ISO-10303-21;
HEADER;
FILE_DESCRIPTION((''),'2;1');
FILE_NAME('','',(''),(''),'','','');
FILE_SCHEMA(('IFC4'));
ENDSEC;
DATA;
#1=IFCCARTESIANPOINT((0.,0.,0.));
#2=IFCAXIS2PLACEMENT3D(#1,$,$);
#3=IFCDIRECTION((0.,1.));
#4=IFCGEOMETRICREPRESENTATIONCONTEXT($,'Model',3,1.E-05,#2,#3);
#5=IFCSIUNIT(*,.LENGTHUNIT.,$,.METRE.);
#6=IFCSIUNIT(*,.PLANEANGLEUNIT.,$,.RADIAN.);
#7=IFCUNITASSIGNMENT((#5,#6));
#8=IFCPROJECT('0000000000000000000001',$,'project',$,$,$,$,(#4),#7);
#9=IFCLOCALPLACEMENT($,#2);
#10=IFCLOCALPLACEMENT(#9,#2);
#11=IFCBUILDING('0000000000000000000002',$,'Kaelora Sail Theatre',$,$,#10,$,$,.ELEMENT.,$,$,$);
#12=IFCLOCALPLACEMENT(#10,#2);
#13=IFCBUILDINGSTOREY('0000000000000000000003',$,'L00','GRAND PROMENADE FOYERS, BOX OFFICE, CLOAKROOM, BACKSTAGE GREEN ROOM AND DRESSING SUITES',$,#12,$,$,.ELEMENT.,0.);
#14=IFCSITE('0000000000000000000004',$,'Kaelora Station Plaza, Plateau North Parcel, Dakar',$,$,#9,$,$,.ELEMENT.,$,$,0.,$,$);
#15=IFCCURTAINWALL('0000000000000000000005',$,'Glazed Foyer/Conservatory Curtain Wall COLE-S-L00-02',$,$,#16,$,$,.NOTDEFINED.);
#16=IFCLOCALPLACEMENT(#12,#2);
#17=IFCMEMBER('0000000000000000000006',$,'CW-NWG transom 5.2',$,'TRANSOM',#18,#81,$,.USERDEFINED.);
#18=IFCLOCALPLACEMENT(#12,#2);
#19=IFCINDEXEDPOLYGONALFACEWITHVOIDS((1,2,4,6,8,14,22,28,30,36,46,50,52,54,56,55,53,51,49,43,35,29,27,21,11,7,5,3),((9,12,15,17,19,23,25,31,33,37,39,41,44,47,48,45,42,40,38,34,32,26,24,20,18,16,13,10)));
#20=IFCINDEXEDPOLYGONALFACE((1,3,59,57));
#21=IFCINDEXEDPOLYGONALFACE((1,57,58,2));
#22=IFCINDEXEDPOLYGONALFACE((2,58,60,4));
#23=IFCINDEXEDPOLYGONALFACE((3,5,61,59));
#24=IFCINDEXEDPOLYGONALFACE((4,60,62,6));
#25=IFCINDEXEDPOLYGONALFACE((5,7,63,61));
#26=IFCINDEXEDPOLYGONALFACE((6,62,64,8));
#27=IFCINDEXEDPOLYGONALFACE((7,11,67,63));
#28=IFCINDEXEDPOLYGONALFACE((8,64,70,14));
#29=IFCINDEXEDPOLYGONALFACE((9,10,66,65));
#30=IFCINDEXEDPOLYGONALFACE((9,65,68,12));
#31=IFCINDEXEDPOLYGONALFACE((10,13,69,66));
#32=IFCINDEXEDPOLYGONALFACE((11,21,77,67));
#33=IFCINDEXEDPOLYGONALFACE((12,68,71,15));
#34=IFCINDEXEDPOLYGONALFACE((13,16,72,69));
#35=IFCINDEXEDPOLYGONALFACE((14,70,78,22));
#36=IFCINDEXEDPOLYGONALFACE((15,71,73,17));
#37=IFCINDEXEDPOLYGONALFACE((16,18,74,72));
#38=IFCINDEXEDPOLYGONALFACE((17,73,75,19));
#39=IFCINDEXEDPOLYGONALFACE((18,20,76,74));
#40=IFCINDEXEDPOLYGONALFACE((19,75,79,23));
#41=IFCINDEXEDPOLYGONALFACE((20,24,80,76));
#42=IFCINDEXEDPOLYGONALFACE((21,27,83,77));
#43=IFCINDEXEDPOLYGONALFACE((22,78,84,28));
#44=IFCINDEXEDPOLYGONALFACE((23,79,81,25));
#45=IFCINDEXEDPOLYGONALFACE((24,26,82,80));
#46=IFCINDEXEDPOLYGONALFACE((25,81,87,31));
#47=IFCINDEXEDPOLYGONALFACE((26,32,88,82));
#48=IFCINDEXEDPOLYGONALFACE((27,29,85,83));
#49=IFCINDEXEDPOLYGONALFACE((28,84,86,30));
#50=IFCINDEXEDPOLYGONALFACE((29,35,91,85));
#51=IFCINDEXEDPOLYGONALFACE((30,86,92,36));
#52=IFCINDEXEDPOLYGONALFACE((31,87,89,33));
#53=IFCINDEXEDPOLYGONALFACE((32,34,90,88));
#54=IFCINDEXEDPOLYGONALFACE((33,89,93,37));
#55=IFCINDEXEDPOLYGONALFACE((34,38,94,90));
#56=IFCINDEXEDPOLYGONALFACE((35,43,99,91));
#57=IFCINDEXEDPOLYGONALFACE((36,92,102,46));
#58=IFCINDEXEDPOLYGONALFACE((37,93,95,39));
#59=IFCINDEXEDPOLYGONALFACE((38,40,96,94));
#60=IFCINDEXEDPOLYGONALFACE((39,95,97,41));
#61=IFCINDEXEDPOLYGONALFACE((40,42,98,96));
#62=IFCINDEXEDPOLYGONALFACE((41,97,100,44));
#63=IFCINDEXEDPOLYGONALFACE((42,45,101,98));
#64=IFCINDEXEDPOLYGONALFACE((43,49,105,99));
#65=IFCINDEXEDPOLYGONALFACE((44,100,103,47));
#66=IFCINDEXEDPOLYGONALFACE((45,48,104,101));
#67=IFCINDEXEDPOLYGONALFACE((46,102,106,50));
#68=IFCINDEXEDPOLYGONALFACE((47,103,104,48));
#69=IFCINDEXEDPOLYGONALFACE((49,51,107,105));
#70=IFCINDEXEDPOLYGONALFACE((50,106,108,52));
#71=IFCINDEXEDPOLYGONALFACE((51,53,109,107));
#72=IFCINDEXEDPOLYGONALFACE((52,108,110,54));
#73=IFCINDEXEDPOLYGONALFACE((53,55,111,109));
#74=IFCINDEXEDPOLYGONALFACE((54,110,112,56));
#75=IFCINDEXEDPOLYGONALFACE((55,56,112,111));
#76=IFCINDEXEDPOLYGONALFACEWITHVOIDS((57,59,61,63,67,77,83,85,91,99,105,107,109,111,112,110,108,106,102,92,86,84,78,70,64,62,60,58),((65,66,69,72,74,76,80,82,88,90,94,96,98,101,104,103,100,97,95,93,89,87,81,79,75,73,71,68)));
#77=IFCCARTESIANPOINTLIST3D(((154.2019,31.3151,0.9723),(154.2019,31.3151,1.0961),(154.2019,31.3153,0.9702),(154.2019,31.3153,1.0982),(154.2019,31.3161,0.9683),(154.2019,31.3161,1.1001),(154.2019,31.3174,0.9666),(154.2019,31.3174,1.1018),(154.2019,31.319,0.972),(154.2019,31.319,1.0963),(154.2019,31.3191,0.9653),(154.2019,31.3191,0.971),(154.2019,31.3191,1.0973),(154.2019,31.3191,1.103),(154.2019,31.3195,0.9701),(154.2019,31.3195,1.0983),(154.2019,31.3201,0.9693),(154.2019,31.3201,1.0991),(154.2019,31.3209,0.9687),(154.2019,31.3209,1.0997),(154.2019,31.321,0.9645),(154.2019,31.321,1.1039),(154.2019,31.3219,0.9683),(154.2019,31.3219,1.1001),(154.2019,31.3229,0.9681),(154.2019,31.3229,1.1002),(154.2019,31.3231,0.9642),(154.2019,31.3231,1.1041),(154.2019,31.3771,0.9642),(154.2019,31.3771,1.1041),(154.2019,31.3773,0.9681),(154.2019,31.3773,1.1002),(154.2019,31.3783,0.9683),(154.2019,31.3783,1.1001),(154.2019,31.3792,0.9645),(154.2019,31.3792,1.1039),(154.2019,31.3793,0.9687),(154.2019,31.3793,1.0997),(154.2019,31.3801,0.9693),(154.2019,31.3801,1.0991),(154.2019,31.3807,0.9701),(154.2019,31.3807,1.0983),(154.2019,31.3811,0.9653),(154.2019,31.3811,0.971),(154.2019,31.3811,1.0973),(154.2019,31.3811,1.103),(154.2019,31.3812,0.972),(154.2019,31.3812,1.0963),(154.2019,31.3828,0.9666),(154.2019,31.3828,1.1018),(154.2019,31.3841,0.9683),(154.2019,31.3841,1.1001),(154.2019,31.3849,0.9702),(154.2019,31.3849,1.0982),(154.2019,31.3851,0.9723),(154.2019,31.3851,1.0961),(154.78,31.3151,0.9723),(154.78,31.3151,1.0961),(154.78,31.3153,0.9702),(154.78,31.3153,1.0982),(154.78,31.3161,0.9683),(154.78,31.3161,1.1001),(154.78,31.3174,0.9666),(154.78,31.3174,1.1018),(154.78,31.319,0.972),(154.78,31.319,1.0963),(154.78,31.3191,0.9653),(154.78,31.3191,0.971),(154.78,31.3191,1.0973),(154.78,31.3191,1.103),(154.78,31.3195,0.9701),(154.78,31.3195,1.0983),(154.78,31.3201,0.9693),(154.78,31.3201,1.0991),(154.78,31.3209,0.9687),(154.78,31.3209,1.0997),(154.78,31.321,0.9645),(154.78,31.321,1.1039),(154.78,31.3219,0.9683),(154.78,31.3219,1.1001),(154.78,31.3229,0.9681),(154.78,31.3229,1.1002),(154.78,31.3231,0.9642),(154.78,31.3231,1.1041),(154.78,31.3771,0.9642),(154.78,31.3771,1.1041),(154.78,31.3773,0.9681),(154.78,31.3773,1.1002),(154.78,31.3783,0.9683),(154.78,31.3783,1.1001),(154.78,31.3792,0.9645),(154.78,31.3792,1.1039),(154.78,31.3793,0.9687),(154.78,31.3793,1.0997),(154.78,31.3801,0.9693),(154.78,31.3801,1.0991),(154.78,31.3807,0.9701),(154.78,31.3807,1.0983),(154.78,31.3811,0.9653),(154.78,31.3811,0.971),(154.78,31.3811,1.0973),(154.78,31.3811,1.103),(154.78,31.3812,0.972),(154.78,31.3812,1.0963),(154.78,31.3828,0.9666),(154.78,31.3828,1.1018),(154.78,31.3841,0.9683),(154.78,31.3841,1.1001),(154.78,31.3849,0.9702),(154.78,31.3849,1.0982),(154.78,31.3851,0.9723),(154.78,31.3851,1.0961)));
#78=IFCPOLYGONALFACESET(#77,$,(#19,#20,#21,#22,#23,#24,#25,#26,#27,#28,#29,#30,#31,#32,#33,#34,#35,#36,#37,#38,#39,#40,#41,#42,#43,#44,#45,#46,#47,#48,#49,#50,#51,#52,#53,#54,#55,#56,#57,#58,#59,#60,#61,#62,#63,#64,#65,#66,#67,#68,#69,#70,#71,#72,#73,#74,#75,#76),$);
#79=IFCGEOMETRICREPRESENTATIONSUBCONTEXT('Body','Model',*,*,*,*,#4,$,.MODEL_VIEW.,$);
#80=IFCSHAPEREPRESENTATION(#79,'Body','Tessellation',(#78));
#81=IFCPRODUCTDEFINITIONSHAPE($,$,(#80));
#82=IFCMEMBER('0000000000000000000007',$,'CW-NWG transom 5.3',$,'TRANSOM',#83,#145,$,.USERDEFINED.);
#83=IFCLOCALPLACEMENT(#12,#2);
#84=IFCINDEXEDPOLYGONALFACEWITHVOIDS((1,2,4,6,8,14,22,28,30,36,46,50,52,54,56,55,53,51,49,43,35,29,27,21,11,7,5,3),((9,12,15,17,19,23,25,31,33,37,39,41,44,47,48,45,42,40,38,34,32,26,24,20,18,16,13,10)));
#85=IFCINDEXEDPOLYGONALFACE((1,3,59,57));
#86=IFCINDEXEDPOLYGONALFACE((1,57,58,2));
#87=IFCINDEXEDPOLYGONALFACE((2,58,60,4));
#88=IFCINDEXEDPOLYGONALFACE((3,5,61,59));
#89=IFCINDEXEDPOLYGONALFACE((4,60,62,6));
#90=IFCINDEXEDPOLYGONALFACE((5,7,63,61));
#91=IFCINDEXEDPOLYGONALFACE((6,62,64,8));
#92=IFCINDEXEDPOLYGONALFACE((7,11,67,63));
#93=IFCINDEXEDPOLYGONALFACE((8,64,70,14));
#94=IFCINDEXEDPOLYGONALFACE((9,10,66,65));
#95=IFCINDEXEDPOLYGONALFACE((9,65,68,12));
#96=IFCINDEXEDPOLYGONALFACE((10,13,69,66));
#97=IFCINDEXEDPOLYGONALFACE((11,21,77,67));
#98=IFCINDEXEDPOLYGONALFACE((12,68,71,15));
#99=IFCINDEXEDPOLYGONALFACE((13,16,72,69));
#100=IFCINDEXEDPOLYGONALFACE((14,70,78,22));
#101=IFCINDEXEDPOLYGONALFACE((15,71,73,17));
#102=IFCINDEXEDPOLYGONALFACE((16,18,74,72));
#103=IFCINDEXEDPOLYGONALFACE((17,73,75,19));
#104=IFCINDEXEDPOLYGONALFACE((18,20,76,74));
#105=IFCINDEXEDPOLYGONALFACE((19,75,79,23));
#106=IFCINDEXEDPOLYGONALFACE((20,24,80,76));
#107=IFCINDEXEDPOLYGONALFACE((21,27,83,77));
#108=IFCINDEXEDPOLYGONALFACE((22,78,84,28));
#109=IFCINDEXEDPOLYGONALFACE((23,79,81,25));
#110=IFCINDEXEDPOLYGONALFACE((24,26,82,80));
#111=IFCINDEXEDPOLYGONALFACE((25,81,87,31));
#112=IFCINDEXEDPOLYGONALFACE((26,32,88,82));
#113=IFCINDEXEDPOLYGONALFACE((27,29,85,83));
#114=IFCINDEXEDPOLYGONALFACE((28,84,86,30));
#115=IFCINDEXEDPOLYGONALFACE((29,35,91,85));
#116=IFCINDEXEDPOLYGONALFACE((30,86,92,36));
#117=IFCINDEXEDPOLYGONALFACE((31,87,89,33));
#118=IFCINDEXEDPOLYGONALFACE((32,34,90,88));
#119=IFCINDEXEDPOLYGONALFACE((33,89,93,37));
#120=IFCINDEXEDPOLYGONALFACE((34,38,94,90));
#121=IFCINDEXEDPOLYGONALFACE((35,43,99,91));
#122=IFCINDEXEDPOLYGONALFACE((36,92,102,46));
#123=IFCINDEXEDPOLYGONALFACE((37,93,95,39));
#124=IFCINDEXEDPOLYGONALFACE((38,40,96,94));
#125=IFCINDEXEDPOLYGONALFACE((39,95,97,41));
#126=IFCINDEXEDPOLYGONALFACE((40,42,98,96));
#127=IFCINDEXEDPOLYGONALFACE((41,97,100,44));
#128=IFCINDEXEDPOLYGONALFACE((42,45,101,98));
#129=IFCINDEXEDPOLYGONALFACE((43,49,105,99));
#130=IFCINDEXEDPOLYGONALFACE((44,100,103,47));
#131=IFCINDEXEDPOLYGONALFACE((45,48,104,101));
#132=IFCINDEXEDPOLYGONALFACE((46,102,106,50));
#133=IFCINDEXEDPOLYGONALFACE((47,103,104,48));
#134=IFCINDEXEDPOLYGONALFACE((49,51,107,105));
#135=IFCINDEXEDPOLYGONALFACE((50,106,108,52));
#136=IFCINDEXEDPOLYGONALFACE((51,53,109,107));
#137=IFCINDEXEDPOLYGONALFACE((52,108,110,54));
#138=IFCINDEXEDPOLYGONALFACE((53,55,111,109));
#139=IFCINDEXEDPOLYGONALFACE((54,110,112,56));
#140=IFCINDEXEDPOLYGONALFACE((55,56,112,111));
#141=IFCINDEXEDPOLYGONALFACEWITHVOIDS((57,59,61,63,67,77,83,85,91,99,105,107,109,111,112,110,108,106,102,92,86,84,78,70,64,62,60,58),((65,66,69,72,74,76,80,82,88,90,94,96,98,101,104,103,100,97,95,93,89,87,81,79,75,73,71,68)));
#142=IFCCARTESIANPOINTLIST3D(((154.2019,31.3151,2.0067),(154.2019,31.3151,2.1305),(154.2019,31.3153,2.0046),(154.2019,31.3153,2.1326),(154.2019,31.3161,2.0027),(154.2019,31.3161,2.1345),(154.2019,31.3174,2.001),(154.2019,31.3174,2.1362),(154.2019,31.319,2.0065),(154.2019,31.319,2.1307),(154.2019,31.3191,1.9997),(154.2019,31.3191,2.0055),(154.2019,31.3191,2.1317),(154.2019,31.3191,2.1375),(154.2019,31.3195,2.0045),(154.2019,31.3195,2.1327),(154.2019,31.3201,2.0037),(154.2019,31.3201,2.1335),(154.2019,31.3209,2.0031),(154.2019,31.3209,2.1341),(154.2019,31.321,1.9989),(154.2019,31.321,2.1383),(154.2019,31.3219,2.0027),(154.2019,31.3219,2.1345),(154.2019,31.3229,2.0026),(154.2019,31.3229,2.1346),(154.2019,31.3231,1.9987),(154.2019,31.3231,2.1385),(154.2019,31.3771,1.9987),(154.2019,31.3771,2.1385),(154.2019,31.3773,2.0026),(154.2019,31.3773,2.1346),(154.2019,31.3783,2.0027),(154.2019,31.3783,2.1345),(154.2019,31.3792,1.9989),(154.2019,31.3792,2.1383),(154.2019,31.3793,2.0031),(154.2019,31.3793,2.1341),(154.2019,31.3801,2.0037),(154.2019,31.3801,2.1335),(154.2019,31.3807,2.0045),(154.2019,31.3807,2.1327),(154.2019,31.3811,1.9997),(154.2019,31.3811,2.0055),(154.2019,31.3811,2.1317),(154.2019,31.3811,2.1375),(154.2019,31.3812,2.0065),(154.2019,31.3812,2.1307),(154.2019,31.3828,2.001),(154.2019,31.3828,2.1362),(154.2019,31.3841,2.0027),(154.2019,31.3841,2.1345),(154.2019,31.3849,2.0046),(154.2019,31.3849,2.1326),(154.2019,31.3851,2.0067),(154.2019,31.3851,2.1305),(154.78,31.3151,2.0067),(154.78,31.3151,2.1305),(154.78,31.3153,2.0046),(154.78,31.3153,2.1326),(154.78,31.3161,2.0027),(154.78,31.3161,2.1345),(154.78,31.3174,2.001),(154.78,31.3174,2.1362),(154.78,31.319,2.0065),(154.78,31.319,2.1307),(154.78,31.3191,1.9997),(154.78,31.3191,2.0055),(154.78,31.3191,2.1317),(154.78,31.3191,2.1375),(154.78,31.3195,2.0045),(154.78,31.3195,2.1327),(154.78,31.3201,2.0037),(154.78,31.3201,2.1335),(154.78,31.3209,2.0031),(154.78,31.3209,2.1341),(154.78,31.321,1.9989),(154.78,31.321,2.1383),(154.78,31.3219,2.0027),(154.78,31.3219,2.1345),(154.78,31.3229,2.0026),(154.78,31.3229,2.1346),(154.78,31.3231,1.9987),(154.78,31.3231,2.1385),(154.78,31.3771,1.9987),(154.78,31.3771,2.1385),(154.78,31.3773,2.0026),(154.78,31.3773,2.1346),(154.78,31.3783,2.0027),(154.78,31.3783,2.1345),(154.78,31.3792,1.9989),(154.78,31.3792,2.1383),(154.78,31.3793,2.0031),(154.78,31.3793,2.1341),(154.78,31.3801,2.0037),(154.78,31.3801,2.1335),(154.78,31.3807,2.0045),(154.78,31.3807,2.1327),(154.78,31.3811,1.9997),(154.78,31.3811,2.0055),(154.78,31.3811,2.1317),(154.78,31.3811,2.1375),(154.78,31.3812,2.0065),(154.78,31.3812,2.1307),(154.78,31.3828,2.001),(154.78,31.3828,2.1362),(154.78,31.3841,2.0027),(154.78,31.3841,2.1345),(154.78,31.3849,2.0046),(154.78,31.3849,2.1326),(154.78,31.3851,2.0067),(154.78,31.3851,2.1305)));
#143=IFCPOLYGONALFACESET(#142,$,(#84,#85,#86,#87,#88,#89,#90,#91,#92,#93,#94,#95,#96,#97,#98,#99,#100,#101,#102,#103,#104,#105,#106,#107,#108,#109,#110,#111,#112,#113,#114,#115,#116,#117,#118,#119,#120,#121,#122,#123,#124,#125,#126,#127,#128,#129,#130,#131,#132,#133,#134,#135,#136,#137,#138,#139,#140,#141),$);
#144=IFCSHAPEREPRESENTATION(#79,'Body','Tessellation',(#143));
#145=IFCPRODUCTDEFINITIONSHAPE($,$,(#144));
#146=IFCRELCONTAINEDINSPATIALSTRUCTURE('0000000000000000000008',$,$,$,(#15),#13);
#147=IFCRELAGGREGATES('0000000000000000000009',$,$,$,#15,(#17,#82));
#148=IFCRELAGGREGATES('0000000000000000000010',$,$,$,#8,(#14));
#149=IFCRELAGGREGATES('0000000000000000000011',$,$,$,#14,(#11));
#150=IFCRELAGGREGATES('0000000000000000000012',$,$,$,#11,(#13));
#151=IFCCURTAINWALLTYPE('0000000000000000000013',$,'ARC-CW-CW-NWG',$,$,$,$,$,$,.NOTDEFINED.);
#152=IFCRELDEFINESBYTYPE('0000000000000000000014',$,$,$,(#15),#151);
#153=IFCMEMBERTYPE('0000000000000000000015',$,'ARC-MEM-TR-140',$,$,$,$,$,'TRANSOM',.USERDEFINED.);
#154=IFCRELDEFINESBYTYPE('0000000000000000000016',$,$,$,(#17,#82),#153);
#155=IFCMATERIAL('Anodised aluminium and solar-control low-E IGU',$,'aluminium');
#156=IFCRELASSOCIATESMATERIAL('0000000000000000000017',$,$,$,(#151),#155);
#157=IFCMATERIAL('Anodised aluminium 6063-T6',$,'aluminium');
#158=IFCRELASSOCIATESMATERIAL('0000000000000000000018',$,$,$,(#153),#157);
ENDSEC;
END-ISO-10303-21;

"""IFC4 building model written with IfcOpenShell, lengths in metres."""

from ifc_helpers import new_model, si_unit, direction, frame, origin, origin_2d, place, context, subcontext, project, spatial, hollow_rectangle, extrude, material, material_profile, profile_set, type_object, element, aggregate, save


model = new_model("IFC4")

# Units and contexts
model_context = context("Model", 3, precision=1e-05, world=origin(), true_north=direction((0.0, 1.0)))
body_context = subcontext(model_context, "Body", "Model", "MODEL_VIEW")
ifc_project = project(units=[si_unit("LENGTHUNIT", "METRE"), si_unit("PLANEANGLEUNIT", "RADIAN")], contexts=[model_context])

# Site, building, storey
site_placement = place(None, origin())
site = spatial("IfcSite", under=ifc_project, at=site_placement, Name="Kaelora Station Plaza, Plateau North Parcel, Dakar", CompositionType="ELEMENT", RefElevation=0.0)
building_placement = place(site_placement, origin())
building = spatial("IfcBuilding", under=site, at=building_placement, Name="Kaelora Sail Theatre", CompositionType="ELEMENT")
storey_placement = place(building_placement, origin())
storey = spatial("IfcBuildingStorey", under=building, at=storey_placement, Name="L00", Description="GRAND PROMENADE FOYERS, BOX OFFICE, CLOAKROOM, BACKSTAGE GREEN ROOM AND DRESSING SUITES", CompositionType="ELEMENT", Elevation=0.0)

# Curtain wall, members
ifc_material_1 = material(Name="Anodised aluminium and solar-control low-E IGU", Category="aluminium")
curtain_wall_type = type_object("IfcCurtainWallType", Name="ARC-CW-CW-NWG", PredefinedType="NOTDEFINED", material=ifc_material_1)
curtain_wall_placement = place(storey_placement, origin())
curtain_wall = element("IfcCurtainWall", 1, at=curtain_wall_placement, inside=storey, type_object=curtain_wall_type, Name="Glazed Foyer/Conservatory Curtain Wall COLE-S-L00-02", PredefinedType="NOTDEFINED")
ifc_material_2 = material(Name="Anodised aluminium 6063-T6", Category="aluminium")
ifc_material_profile_1 = material_profile(ifc_material_2, hollow_rectangle(XDim=0.0701, YDim=0.1399, WallThickness=0.0039, InnerFilletRadius=0.0039, OuterFilletRadius=0.0081, at=origin_2d()), Name="ALU-TRAN 70x140x4")
ifc_profile_set_1 = profile_set([ifc_material_profile_1], Name="Anodised aluminium 6063-T6")
member_type_1 = type_object("IfcMemberType", Name="ARC-MEM-TR-140", ElementType="TRANSOM", PredefinedType="USERDEFINED", material=ifc_profile_set_1)
member_1_placement = place(storey_placement, frame((154.2019, 31.3501, 1.0342), z_axis=(1.0, 0.0, 0.0), x_axis=(0.0, 1.0, 0.0)))
member_1 = element("IfcMember", 2, at=member_1_placement, type_object=member_type_1, Name="CW-NWG transom 5.2", ObjectType="TRANSOM", PredefinedType="USERDEFINED", context=body_context, shape_type="SweptSolid", body=[
    extrude(hollow_rectangle(XDim=0.0701, YDim=0.1399, WallThickness=0.0039, InnerFilletRadius=0.0039, OuterFilletRadius=0.0081, at=origin_2d()), origin(), (0.0, 0.0, 1.0), 0.5781),
])
member_2_placement = place(storey_placement, frame((154.2019, 31.3501, 2.0686), z_axis=(1.0, 0.0, 0.0), x_axis=(0.0, 1.0, 0.0)))
member_2 = element("IfcMember", 3, at=member_2_placement, type_object=member_type_1, Name="CW-NWG transom 5.3", ObjectType="TRANSOM", PredefinedType="USERDEFINED", context=body_context, shape_type="SweptSolid", body=[
    extrude(hollow_rectangle(XDim=0.0701, YDim=0.1399, WallThickness=0.0039, InnerFilletRadius=0.0039, OuterFilletRadius=0.0081, at=origin_2d()), origin(), (0.0, 0.0, 1.0), 0.5781),
])
aggregate(curtain_wall, [member_1, member_2])

save(model, "model.ifc")
